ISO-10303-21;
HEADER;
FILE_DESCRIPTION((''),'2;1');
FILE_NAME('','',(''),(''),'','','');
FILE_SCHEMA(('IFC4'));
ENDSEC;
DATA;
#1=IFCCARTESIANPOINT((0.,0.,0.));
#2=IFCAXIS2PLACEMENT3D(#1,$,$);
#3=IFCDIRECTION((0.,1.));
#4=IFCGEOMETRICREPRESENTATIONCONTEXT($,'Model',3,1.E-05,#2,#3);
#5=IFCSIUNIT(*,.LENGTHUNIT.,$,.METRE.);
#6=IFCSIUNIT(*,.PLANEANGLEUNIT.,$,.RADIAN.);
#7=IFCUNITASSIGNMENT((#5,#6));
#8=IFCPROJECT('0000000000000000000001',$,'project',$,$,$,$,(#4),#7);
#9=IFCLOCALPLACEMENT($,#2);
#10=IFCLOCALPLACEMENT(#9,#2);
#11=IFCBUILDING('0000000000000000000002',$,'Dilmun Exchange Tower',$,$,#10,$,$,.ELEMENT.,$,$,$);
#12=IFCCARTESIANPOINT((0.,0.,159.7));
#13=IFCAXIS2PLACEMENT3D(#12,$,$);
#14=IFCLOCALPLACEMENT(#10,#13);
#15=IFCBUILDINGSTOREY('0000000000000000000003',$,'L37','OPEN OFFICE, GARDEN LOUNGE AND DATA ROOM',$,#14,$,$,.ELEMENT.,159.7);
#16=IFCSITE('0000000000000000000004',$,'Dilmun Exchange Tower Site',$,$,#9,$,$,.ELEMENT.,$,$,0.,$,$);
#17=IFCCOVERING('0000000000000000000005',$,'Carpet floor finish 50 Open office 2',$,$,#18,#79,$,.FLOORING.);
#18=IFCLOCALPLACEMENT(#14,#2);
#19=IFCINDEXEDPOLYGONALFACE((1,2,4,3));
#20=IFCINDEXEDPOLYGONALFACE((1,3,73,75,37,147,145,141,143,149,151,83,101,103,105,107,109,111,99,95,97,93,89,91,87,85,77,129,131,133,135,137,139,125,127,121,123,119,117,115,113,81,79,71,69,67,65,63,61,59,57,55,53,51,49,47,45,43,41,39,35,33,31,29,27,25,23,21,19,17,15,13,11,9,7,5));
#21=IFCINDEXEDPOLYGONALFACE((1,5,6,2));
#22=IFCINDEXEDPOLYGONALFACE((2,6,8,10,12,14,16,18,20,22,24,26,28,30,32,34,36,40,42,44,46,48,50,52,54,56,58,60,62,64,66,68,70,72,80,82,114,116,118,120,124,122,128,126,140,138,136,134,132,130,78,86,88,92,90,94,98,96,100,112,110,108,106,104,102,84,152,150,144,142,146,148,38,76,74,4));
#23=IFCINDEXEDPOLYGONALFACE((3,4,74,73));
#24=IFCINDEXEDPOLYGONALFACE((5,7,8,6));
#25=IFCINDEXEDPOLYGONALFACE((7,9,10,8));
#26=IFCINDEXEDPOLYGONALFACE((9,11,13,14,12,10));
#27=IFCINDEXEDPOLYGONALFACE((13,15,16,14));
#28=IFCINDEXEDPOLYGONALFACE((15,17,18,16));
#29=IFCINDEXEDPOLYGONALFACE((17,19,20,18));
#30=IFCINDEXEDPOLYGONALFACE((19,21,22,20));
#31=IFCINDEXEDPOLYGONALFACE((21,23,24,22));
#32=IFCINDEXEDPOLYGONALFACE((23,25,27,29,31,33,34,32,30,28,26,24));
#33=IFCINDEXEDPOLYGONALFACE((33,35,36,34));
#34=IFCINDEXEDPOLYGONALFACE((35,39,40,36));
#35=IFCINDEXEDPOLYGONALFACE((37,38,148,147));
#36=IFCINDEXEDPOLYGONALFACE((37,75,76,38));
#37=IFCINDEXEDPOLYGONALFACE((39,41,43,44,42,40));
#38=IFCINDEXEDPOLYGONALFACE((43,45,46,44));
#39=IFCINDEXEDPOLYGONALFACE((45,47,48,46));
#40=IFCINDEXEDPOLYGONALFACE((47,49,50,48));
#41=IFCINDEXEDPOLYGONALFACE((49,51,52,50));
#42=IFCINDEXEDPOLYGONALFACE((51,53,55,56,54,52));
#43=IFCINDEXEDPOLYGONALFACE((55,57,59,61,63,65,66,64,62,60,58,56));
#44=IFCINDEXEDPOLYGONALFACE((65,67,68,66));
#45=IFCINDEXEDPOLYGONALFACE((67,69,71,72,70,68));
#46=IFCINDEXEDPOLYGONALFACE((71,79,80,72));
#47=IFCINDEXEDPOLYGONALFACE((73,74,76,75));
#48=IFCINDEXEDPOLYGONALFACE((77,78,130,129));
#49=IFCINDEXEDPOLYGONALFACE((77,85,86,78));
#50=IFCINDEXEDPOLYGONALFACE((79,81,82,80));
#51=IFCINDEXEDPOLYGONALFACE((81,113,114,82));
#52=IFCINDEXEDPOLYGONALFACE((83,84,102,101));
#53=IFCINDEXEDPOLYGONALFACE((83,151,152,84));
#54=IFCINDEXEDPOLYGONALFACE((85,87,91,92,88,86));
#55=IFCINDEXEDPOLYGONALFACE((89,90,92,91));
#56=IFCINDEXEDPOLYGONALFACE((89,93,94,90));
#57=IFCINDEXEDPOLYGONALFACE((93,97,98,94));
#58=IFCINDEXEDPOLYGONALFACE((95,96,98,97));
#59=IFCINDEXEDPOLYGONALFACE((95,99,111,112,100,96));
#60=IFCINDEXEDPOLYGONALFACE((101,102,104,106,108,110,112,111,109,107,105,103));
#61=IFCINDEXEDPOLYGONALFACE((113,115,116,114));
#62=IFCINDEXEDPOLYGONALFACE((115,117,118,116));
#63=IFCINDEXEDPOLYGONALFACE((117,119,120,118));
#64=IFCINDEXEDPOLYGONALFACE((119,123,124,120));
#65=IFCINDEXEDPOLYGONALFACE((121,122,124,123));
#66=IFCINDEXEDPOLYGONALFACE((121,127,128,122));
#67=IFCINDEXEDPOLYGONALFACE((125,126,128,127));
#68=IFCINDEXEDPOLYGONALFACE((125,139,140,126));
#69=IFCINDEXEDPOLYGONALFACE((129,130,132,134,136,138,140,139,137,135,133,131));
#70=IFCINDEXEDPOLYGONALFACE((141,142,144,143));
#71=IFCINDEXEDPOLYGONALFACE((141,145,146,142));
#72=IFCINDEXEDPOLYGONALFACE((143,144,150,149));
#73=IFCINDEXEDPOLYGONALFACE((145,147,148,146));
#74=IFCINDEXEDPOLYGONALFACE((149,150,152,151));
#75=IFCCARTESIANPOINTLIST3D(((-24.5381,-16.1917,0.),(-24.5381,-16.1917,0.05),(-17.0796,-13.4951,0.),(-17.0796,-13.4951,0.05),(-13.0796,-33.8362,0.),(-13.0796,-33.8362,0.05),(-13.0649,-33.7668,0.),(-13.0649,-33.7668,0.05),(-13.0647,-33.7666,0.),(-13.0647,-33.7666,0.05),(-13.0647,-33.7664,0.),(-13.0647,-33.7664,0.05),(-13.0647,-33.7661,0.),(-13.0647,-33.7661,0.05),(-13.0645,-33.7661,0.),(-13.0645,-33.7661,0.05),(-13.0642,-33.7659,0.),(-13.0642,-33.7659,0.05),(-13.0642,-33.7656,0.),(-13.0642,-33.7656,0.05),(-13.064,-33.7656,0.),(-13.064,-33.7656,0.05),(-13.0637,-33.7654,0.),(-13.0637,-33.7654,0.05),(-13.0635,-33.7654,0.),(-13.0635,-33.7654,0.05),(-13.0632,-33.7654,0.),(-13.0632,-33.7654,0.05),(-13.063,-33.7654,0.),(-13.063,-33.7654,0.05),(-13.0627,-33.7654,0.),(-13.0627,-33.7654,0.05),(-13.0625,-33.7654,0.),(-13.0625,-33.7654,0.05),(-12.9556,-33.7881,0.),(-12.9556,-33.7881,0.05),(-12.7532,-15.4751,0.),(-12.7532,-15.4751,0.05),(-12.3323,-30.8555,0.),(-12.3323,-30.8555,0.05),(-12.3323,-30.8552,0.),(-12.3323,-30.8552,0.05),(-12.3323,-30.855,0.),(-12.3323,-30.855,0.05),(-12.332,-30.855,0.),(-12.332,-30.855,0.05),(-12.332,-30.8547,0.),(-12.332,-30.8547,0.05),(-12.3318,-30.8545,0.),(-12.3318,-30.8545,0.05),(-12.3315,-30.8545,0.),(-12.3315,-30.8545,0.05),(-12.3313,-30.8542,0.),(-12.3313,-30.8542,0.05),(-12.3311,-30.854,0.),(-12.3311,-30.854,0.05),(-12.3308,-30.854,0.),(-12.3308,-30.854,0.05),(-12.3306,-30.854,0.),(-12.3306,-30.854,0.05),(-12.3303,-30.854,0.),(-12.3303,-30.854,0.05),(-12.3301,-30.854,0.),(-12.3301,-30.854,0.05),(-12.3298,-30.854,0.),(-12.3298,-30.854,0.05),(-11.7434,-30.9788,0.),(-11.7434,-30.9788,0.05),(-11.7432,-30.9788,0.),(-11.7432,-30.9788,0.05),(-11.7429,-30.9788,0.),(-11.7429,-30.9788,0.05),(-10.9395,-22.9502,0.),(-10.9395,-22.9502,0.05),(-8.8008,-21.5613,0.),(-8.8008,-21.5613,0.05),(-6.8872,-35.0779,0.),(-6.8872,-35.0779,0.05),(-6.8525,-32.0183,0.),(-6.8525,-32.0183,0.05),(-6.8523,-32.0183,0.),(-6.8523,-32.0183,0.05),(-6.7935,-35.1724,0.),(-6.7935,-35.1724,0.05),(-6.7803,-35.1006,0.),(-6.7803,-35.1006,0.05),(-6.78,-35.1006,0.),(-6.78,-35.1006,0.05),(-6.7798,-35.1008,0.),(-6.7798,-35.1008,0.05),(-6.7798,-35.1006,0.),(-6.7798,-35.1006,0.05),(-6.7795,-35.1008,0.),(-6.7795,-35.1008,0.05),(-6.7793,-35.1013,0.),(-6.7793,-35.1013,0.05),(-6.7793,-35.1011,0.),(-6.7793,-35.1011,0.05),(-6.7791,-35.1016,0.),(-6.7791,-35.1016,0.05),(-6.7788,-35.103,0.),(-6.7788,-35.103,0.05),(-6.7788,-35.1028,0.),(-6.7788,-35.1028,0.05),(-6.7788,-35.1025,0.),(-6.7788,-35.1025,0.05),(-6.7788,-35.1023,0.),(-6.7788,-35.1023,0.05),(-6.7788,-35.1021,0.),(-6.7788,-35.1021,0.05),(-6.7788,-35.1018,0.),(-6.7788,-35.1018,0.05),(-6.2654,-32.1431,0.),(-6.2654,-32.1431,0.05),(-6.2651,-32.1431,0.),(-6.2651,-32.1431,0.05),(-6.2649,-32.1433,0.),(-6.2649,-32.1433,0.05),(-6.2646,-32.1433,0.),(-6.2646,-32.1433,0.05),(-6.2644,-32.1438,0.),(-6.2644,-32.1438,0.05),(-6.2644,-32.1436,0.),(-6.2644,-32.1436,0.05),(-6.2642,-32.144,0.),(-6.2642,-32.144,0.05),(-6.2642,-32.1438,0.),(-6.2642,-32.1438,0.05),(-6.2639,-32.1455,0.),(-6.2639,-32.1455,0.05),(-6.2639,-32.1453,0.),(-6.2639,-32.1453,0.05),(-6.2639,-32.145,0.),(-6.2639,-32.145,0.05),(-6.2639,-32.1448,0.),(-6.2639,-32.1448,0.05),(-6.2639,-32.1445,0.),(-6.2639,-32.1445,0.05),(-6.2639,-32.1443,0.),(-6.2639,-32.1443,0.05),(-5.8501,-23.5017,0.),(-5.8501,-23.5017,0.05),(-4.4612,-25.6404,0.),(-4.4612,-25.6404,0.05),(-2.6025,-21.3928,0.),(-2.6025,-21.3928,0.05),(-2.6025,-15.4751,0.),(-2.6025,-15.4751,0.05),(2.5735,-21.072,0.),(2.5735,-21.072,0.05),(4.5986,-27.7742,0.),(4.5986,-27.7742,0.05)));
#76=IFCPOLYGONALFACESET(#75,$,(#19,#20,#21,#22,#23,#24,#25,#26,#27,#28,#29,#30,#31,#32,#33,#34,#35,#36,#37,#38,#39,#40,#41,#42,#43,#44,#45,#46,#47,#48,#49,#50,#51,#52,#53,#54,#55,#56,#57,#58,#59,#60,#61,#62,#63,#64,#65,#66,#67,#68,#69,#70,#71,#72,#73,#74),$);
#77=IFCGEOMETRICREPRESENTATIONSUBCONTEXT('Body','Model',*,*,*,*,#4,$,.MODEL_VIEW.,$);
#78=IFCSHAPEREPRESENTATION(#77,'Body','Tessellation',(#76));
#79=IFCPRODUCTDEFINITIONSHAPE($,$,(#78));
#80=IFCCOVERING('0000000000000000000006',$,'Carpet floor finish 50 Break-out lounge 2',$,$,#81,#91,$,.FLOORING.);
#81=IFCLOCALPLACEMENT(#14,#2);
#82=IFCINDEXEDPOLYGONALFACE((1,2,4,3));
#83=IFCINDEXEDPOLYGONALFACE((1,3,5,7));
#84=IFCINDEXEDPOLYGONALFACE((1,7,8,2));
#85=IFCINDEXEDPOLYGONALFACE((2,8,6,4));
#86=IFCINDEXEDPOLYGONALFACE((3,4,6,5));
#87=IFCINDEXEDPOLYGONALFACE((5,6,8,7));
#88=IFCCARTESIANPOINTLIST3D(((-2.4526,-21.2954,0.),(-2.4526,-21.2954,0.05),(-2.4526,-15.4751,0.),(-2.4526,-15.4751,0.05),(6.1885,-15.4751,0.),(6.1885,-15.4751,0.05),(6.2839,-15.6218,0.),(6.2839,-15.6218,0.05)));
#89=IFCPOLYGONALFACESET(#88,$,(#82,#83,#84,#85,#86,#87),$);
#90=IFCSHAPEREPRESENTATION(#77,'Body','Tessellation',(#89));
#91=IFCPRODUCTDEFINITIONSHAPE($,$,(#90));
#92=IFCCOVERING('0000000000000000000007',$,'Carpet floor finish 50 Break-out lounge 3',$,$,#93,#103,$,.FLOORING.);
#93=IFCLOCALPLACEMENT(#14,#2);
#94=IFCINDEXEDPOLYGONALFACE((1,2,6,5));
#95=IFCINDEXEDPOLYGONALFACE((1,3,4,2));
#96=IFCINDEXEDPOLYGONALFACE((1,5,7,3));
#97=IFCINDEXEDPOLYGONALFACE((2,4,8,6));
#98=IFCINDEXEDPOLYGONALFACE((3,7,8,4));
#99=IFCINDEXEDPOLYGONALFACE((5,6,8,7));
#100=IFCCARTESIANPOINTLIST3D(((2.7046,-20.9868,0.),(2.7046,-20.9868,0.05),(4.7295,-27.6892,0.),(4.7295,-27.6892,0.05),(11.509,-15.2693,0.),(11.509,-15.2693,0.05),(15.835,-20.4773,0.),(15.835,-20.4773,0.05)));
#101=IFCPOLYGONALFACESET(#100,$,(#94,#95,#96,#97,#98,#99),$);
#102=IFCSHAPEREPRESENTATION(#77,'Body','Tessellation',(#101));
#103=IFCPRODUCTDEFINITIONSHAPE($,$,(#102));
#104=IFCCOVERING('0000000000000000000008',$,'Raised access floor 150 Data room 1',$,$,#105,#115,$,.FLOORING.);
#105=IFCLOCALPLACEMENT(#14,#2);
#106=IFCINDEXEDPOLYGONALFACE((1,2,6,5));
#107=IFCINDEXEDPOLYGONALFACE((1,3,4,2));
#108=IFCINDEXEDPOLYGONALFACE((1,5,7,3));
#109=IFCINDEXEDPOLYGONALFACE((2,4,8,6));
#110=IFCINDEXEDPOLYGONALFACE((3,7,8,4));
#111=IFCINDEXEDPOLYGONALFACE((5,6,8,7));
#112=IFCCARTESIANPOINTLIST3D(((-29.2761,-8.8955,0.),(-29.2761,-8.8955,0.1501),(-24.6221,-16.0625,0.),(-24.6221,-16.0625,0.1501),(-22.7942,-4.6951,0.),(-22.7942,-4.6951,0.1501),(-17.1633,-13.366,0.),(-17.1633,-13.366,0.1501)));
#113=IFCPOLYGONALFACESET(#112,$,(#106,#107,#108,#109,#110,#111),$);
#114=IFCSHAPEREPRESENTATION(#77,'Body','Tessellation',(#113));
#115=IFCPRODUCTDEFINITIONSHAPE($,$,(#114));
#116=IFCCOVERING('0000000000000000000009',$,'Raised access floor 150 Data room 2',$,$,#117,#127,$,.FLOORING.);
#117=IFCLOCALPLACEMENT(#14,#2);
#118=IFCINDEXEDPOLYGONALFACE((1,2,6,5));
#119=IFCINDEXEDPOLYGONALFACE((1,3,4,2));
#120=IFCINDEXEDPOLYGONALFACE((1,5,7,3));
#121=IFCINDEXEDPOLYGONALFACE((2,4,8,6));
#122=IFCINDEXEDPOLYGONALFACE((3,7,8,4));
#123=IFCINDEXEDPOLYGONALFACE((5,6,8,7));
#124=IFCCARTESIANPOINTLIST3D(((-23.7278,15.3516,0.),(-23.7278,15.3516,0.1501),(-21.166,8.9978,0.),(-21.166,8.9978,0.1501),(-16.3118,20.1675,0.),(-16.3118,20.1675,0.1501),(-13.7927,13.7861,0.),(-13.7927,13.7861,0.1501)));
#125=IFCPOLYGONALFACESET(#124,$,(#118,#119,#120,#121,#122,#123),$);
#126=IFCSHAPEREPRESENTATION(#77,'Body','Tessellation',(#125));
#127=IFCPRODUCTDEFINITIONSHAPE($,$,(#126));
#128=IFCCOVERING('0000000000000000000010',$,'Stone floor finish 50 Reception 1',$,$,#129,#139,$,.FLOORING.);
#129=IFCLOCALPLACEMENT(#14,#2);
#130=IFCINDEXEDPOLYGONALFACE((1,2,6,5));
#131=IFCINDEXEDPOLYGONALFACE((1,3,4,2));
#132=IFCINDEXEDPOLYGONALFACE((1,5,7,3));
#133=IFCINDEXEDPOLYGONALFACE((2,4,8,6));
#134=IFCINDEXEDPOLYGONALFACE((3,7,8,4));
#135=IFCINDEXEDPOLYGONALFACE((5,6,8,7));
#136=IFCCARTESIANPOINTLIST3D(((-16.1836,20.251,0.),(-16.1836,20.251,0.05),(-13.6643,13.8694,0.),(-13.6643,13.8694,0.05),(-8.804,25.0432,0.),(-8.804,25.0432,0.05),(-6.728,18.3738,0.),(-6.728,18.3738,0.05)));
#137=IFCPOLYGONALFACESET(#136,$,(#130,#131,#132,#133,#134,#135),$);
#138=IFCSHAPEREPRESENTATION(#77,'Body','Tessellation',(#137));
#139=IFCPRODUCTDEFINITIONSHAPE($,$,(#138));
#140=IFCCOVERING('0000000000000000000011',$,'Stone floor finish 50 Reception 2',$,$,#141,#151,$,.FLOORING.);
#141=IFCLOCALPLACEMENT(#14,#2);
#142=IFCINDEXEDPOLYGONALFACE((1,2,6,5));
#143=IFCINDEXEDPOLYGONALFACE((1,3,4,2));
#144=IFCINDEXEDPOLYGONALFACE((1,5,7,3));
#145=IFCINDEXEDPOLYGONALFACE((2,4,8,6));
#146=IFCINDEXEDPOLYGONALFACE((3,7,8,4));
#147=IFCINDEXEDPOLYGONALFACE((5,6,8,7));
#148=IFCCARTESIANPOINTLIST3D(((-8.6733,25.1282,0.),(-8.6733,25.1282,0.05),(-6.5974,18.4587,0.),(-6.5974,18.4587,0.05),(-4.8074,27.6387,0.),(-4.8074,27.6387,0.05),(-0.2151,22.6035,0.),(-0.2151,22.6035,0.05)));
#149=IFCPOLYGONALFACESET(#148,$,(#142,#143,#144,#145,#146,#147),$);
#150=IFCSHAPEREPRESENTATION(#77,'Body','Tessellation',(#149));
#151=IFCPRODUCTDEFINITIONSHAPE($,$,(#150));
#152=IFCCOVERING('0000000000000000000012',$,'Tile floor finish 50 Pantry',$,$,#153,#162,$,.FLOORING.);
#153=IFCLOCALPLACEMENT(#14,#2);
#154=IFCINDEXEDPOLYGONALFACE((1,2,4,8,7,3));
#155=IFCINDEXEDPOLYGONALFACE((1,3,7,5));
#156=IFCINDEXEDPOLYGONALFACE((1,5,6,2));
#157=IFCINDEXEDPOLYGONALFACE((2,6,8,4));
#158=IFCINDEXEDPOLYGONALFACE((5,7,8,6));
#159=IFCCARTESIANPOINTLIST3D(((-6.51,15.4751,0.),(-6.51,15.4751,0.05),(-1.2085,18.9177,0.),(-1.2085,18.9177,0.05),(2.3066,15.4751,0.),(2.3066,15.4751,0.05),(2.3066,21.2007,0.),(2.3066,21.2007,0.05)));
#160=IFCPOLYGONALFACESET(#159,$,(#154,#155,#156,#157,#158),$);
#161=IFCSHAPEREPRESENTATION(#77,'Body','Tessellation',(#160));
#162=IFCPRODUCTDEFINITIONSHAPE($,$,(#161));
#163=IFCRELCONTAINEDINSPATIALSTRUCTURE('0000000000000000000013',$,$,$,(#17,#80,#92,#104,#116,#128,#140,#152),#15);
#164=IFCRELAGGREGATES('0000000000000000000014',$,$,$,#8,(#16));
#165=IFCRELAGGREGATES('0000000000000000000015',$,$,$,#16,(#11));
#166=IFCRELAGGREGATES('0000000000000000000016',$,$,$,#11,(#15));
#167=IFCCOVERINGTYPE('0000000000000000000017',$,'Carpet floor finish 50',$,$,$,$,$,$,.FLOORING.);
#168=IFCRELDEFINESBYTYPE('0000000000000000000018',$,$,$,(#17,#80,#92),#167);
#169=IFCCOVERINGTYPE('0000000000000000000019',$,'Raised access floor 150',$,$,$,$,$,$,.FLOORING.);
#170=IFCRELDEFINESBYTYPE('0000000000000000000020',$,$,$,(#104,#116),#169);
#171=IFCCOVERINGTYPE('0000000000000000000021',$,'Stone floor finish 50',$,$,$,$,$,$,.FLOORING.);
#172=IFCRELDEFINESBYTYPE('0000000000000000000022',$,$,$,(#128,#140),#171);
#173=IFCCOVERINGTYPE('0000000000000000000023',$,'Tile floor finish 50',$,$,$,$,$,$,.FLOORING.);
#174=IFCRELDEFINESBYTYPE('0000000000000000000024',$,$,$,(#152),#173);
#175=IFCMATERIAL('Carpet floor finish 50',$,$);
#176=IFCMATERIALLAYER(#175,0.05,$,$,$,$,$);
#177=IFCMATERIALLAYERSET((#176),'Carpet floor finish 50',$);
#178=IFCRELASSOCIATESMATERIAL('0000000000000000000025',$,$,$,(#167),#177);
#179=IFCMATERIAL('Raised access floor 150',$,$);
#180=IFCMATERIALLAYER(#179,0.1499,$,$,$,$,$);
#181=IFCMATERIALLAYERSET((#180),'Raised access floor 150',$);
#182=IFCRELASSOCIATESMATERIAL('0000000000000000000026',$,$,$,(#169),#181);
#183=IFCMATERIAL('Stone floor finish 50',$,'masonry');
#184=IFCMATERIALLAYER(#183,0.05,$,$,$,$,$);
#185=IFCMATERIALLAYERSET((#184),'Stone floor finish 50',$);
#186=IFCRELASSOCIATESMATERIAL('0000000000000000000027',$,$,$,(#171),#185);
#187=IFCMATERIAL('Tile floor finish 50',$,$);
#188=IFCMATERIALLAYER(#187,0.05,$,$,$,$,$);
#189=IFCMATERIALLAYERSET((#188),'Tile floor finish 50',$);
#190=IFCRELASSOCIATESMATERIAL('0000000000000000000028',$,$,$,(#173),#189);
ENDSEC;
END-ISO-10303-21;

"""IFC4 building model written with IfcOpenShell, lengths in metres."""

from ifc_helpers import new_model, si_unit, direction, frame, origin, place, context, subcontext, project, spatial, polyline, outline, extrude, material, layer, layer_set, type_object, element, save


model = new_model("IFC4")

# Units and contexts
model_context = context("Model", 3, precision=1e-05, world=origin(), true_north=direction((0.0, 1.0)))
body_context = subcontext(model_context, "Body", "Model", "MODEL_VIEW")
ifc_project = project(units=[si_unit("LENGTHUNIT", "METRE"), si_unit("PLANEANGLEUNIT", "RADIAN")], contexts=[model_context])

# Site, building, storey
site_placement = place(None, origin())
site = spatial("IfcSite", under=ifc_project, at=site_placement, Name="Dilmun Exchange Tower Site", CompositionType="ELEMENT", RefElevation=0.0)
building_placement = place(site_placement, origin())
building = spatial("IfcBuilding", under=site, at=building_placement, Name="Dilmun Exchange Tower", CompositionType="ELEMENT")
storey_placement = place(building_placement, frame((0.0, 0.0, 159.7)))
storey = spatial("IfcBuildingStorey", under=building, at=storey_placement, Name="L37", Description="OPEN OFFICE, GARDEN LOUNGE AND DATA ROOM", CompositionType="ELEMENT", Elevation=159.7)

# Coverings
ifc_material_1 = material(Name="Carpet floor finish 50")
ifc_layer_1 = layer(ifc_material_1, 0.05)
ifc_layer_set_1 = layer_set([ifc_layer_1], Name="Carpet floor finish 50")
covering_type_1 = type_object("IfcCoveringType", Name="Carpet floor finish 50", PredefinedType="FLOORING", material=ifc_layer_set_1)
covering_1_placement = place(storey_placement, origin())
element("IfcCovering", 1, at=covering_1_placement, inside=storey, type_object=covering_type_1, Name="Carpet floor finish 50 Open office 2", PredefinedType="FLOORING", context=body_context, shape_type="SweptSolid", body=[
    extrude(outline(polyline([(-17.0796, -13.4951), (-10.9395, -22.9502), (-8.8008, -21.5613), (-12.7532, -15.4751), (-2.6025, -15.4751), (-2.6025, -21.3928), (-5.8501, -23.5017), (-4.4612, -25.6404), (2.5735, -21.072), (4.5986, -27.7742), (-6.7935, -35.1724), (-6.7788, -35.103), (-6.7788, -35.1028), (-6.7788, -35.1025), (-6.7788, -35.1023), (-6.7788, -35.1023), (-6.7788, -35.1021), (-6.7788, -35.1018), (-6.7791, -35.1016), (-6.7791, -35.1016), (-6.7793, -35.1013), (-6.7793, -35.1013), (-6.7793, -35.1011), (-6.7795, -35.1008), (-6.7798, -35.1008), (-6.7798, -35.1006), (-6.78, -35.1006), (-6.7803, -35.1006), (-6.8872, -35.0779), (-6.2639, -32.1455), (-6.2639, -32.1453), (-6.2639, -32.145), (-6.2639, -32.1448), (-6.2639, -32.1445), (-6.2639, -32.1443), (-6.2639, -32.1443), (-6.2642, -32.144), (-6.2642, -32.1438), (-6.2644, -32.1438), (-6.2644, -32.1436), (-6.2646, -32.1433), (-6.2646, -32.1433), (-6.2649, -32.1433), (-6.2651, -32.1431), (-6.2651, -32.1431), (-6.2654, -32.1431), (-6.8523, -32.0183), (-6.8525, -32.0183), (-6.8525, -32.0183), (-11.7429, -30.9788), (-11.7432, -30.9788), (-11.7434, -30.9788), (-12.3298, -30.854), (-12.3301, -30.854), (-12.3303, -30.854), (-12.3306, -30.854), (-12.3308, -30.854), (-12.3308, -30.854), (-12.3311, -30.854), (-12.3313, -30.8542), (-12.3313, -30.8542), (-12.3315, -30.8545), (-12.3318, -30.8545), (-12.3318, -30.8545), (-12.332, -30.8547), (-12.332, -30.855), (-12.3323, -30.855), (-12.3323, -30.8552), (-12.3323, -30.8555), (-12.9556, -33.7881), (-13.0625, -33.7654), (-13.0627, -33.7654), (-13.063, -33.7654), (-13.063, -33.7654), (-13.0632, -33.7654), (-13.0635, -33.7654), (-13.0637, -33.7654), (-13.0637, -33.7654), (-13.064, -33.7656), (-13.0642, -33.7656), (-13.0642, -33.7659), (-13.0645, -33.7661), (-13.0647, -33.7661), (-13.0647, -33.7664), (-13.0647, -33.7666), (-13.0647, -33.7666), (-13.0649, -33.7668), (-13.0796, -33.8362), (-24.5381, -16.1917), (-17.0796, -13.4951)])), origin(), (0.0, 0.0, 1.0), 0.05),
])
covering_2_placement = place(storey_placement, origin())
element("IfcCovering", 2, at=covering_2_placement, inside=storey, type_object=covering_type_1, Name="Carpet floor finish 50 Break-out lounge 2", PredefinedType="FLOORING", context=body_context, shape_type="SweptSolid", body=[
    extrude(outline(polyline([(-2.4526, -15.4751), (6.1885, -15.4751), (6.2839, -15.6218), (-2.4526, -21.2954), (-2.4526, -15.4751)])), origin(), (0.0, 0.0, 1.0), 0.05),
])
covering_3_placement = place(storey_placement, origin())
element("IfcCovering", 3, at=covering_3_placement, inside=storey, type_object=covering_type_1, Name="Carpet floor finish 50 Break-out lounge 3", PredefinedType="FLOORING", context=body_context, shape_type="SweptSolid", body=[
    extrude(outline(polyline([(11.509, -15.2693), (15.835, -20.4773), (4.7295, -27.6892), (2.7046, -20.9868), (11.509, -15.2693)])), origin(), (0.0, 0.0, 1.0), 0.05),
])
ifc_material_2 = material(Name="Raised access floor 150")
ifc_layer_2 = layer(ifc_material_2, 0.1499)
ifc_layer_set_2 = layer_set([ifc_layer_2], Name="Raised access floor 150")
covering_type_2 = type_object("IfcCoveringType", Name="Raised access floor 150", PredefinedType="FLOORING", material=ifc_layer_set_2)
covering_4_placement = place(storey_placement, origin())
element("IfcCovering", 4, at=covering_4_placement, inside=storey, type_object=covering_type_2, Name="Raised access floor 150 Data room 1", PredefinedType="FLOORING", context=body_context, shape_type="SweptSolid", body=[
    extrude(outline(polyline([(-22.7942, -4.6951), (-17.1633, -13.366), (-24.6221, -16.0625), (-29.2761, -8.8955), (-22.7942, -4.6951)])), origin(), (0.0, 0.0, 1.0), 0.1501),
])
covering_5_placement = place(storey_placement, origin())
element("IfcCovering", 5, at=covering_5_placement, inside=storey, type_object=covering_type_2, Name="Raised access floor 150 Data room 2", PredefinedType="FLOORING", context=body_context, shape_type="SweptSolid", body=[
    extrude(outline(polyline([(-13.7927, 13.7861), (-21.166, 8.9978), (-23.7278, 15.3516), (-16.3118, 20.1675), (-13.7927, 13.7861)])), origin(), (0.0, 0.0, 1.0), 0.1501),
])
ifc_material_3 = material(Name="Stone floor finish 50", Category="masonry")
ifc_layer_3 = layer(ifc_material_3, 0.05)
ifc_layer_set_3 = layer_set([ifc_layer_3], Name="Stone floor finish 50")
covering_type_3 = type_object("IfcCoveringType", Name="Stone floor finish 50", PredefinedType="FLOORING", material=ifc_layer_set_3)
covering_6_placement = place(storey_placement, origin())
element("IfcCovering", 6, at=covering_6_placement, inside=storey, type_object=covering_type_3, Name="Stone floor finish 50 Reception 1", PredefinedType="FLOORING", context=body_context, shape_type="SweptSolid", body=[
    extrude(outline(polyline([(-13.6643, 13.8694), (-16.1836, 20.251), (-8.804, 25.0432), (-6.728, 18.3738), (-13.6643, 13.8694)])), origin(), (0.0, 0.0, 1.0), 0.05),
])
covering_7_placement = place(storey_placement, origin())
element("IfcCovering", 7, at=covering_7_placement, inside=storey, type_object=covering_type_3, Name="Stone floor finish 50 Reception 2", PredefinedType="FLOORING", context=body_context, shape_type="SweptSolid", body=[
    extrude(outline(polyline([(-0.2151, 22.6035), (-6.5974, 18.4587), (-8.6733, 25.1282), (-4.8074, 27.6387), (-0.2151, 22.6035)])), origin(), (0.0, 0.0, 1.0), 0.05),
])
ifc_material_4 = material(Name="Tile floor finish 50")
ifc_layer_4 = layer(ifc_material_4, 0.05)
ifc_layer_set_4 = layer_set([ifc_layer_4], Name="Tile floor finish 50")
covering_type_4 = type_object("IfcCoveringType", Name="Tile floor finish 50", PredefinedType="FLOORING", material=ifc_layer_set_4)
covering_8_placement = place(storey_placement, origin())
element("IfcCovering", 8, at=covering_8_placement, inside=storey, type_object=covering_type_4, Name="Tile floor finish 50 Pantry", PredefinedType="FLOORING", context=body_context, shape_type="SweptSolid", body=[
    extrude(outline(polyline([(-1.2085, 18.9177), (2.3066, 21.2007), (2.3066, 15.4751), (-6.51, 15.4751), (-1.2085, 18.9177)])), origin(), (0.0, 0.0, 1.0), 0.05),
])

save(model, "model.ifc")
